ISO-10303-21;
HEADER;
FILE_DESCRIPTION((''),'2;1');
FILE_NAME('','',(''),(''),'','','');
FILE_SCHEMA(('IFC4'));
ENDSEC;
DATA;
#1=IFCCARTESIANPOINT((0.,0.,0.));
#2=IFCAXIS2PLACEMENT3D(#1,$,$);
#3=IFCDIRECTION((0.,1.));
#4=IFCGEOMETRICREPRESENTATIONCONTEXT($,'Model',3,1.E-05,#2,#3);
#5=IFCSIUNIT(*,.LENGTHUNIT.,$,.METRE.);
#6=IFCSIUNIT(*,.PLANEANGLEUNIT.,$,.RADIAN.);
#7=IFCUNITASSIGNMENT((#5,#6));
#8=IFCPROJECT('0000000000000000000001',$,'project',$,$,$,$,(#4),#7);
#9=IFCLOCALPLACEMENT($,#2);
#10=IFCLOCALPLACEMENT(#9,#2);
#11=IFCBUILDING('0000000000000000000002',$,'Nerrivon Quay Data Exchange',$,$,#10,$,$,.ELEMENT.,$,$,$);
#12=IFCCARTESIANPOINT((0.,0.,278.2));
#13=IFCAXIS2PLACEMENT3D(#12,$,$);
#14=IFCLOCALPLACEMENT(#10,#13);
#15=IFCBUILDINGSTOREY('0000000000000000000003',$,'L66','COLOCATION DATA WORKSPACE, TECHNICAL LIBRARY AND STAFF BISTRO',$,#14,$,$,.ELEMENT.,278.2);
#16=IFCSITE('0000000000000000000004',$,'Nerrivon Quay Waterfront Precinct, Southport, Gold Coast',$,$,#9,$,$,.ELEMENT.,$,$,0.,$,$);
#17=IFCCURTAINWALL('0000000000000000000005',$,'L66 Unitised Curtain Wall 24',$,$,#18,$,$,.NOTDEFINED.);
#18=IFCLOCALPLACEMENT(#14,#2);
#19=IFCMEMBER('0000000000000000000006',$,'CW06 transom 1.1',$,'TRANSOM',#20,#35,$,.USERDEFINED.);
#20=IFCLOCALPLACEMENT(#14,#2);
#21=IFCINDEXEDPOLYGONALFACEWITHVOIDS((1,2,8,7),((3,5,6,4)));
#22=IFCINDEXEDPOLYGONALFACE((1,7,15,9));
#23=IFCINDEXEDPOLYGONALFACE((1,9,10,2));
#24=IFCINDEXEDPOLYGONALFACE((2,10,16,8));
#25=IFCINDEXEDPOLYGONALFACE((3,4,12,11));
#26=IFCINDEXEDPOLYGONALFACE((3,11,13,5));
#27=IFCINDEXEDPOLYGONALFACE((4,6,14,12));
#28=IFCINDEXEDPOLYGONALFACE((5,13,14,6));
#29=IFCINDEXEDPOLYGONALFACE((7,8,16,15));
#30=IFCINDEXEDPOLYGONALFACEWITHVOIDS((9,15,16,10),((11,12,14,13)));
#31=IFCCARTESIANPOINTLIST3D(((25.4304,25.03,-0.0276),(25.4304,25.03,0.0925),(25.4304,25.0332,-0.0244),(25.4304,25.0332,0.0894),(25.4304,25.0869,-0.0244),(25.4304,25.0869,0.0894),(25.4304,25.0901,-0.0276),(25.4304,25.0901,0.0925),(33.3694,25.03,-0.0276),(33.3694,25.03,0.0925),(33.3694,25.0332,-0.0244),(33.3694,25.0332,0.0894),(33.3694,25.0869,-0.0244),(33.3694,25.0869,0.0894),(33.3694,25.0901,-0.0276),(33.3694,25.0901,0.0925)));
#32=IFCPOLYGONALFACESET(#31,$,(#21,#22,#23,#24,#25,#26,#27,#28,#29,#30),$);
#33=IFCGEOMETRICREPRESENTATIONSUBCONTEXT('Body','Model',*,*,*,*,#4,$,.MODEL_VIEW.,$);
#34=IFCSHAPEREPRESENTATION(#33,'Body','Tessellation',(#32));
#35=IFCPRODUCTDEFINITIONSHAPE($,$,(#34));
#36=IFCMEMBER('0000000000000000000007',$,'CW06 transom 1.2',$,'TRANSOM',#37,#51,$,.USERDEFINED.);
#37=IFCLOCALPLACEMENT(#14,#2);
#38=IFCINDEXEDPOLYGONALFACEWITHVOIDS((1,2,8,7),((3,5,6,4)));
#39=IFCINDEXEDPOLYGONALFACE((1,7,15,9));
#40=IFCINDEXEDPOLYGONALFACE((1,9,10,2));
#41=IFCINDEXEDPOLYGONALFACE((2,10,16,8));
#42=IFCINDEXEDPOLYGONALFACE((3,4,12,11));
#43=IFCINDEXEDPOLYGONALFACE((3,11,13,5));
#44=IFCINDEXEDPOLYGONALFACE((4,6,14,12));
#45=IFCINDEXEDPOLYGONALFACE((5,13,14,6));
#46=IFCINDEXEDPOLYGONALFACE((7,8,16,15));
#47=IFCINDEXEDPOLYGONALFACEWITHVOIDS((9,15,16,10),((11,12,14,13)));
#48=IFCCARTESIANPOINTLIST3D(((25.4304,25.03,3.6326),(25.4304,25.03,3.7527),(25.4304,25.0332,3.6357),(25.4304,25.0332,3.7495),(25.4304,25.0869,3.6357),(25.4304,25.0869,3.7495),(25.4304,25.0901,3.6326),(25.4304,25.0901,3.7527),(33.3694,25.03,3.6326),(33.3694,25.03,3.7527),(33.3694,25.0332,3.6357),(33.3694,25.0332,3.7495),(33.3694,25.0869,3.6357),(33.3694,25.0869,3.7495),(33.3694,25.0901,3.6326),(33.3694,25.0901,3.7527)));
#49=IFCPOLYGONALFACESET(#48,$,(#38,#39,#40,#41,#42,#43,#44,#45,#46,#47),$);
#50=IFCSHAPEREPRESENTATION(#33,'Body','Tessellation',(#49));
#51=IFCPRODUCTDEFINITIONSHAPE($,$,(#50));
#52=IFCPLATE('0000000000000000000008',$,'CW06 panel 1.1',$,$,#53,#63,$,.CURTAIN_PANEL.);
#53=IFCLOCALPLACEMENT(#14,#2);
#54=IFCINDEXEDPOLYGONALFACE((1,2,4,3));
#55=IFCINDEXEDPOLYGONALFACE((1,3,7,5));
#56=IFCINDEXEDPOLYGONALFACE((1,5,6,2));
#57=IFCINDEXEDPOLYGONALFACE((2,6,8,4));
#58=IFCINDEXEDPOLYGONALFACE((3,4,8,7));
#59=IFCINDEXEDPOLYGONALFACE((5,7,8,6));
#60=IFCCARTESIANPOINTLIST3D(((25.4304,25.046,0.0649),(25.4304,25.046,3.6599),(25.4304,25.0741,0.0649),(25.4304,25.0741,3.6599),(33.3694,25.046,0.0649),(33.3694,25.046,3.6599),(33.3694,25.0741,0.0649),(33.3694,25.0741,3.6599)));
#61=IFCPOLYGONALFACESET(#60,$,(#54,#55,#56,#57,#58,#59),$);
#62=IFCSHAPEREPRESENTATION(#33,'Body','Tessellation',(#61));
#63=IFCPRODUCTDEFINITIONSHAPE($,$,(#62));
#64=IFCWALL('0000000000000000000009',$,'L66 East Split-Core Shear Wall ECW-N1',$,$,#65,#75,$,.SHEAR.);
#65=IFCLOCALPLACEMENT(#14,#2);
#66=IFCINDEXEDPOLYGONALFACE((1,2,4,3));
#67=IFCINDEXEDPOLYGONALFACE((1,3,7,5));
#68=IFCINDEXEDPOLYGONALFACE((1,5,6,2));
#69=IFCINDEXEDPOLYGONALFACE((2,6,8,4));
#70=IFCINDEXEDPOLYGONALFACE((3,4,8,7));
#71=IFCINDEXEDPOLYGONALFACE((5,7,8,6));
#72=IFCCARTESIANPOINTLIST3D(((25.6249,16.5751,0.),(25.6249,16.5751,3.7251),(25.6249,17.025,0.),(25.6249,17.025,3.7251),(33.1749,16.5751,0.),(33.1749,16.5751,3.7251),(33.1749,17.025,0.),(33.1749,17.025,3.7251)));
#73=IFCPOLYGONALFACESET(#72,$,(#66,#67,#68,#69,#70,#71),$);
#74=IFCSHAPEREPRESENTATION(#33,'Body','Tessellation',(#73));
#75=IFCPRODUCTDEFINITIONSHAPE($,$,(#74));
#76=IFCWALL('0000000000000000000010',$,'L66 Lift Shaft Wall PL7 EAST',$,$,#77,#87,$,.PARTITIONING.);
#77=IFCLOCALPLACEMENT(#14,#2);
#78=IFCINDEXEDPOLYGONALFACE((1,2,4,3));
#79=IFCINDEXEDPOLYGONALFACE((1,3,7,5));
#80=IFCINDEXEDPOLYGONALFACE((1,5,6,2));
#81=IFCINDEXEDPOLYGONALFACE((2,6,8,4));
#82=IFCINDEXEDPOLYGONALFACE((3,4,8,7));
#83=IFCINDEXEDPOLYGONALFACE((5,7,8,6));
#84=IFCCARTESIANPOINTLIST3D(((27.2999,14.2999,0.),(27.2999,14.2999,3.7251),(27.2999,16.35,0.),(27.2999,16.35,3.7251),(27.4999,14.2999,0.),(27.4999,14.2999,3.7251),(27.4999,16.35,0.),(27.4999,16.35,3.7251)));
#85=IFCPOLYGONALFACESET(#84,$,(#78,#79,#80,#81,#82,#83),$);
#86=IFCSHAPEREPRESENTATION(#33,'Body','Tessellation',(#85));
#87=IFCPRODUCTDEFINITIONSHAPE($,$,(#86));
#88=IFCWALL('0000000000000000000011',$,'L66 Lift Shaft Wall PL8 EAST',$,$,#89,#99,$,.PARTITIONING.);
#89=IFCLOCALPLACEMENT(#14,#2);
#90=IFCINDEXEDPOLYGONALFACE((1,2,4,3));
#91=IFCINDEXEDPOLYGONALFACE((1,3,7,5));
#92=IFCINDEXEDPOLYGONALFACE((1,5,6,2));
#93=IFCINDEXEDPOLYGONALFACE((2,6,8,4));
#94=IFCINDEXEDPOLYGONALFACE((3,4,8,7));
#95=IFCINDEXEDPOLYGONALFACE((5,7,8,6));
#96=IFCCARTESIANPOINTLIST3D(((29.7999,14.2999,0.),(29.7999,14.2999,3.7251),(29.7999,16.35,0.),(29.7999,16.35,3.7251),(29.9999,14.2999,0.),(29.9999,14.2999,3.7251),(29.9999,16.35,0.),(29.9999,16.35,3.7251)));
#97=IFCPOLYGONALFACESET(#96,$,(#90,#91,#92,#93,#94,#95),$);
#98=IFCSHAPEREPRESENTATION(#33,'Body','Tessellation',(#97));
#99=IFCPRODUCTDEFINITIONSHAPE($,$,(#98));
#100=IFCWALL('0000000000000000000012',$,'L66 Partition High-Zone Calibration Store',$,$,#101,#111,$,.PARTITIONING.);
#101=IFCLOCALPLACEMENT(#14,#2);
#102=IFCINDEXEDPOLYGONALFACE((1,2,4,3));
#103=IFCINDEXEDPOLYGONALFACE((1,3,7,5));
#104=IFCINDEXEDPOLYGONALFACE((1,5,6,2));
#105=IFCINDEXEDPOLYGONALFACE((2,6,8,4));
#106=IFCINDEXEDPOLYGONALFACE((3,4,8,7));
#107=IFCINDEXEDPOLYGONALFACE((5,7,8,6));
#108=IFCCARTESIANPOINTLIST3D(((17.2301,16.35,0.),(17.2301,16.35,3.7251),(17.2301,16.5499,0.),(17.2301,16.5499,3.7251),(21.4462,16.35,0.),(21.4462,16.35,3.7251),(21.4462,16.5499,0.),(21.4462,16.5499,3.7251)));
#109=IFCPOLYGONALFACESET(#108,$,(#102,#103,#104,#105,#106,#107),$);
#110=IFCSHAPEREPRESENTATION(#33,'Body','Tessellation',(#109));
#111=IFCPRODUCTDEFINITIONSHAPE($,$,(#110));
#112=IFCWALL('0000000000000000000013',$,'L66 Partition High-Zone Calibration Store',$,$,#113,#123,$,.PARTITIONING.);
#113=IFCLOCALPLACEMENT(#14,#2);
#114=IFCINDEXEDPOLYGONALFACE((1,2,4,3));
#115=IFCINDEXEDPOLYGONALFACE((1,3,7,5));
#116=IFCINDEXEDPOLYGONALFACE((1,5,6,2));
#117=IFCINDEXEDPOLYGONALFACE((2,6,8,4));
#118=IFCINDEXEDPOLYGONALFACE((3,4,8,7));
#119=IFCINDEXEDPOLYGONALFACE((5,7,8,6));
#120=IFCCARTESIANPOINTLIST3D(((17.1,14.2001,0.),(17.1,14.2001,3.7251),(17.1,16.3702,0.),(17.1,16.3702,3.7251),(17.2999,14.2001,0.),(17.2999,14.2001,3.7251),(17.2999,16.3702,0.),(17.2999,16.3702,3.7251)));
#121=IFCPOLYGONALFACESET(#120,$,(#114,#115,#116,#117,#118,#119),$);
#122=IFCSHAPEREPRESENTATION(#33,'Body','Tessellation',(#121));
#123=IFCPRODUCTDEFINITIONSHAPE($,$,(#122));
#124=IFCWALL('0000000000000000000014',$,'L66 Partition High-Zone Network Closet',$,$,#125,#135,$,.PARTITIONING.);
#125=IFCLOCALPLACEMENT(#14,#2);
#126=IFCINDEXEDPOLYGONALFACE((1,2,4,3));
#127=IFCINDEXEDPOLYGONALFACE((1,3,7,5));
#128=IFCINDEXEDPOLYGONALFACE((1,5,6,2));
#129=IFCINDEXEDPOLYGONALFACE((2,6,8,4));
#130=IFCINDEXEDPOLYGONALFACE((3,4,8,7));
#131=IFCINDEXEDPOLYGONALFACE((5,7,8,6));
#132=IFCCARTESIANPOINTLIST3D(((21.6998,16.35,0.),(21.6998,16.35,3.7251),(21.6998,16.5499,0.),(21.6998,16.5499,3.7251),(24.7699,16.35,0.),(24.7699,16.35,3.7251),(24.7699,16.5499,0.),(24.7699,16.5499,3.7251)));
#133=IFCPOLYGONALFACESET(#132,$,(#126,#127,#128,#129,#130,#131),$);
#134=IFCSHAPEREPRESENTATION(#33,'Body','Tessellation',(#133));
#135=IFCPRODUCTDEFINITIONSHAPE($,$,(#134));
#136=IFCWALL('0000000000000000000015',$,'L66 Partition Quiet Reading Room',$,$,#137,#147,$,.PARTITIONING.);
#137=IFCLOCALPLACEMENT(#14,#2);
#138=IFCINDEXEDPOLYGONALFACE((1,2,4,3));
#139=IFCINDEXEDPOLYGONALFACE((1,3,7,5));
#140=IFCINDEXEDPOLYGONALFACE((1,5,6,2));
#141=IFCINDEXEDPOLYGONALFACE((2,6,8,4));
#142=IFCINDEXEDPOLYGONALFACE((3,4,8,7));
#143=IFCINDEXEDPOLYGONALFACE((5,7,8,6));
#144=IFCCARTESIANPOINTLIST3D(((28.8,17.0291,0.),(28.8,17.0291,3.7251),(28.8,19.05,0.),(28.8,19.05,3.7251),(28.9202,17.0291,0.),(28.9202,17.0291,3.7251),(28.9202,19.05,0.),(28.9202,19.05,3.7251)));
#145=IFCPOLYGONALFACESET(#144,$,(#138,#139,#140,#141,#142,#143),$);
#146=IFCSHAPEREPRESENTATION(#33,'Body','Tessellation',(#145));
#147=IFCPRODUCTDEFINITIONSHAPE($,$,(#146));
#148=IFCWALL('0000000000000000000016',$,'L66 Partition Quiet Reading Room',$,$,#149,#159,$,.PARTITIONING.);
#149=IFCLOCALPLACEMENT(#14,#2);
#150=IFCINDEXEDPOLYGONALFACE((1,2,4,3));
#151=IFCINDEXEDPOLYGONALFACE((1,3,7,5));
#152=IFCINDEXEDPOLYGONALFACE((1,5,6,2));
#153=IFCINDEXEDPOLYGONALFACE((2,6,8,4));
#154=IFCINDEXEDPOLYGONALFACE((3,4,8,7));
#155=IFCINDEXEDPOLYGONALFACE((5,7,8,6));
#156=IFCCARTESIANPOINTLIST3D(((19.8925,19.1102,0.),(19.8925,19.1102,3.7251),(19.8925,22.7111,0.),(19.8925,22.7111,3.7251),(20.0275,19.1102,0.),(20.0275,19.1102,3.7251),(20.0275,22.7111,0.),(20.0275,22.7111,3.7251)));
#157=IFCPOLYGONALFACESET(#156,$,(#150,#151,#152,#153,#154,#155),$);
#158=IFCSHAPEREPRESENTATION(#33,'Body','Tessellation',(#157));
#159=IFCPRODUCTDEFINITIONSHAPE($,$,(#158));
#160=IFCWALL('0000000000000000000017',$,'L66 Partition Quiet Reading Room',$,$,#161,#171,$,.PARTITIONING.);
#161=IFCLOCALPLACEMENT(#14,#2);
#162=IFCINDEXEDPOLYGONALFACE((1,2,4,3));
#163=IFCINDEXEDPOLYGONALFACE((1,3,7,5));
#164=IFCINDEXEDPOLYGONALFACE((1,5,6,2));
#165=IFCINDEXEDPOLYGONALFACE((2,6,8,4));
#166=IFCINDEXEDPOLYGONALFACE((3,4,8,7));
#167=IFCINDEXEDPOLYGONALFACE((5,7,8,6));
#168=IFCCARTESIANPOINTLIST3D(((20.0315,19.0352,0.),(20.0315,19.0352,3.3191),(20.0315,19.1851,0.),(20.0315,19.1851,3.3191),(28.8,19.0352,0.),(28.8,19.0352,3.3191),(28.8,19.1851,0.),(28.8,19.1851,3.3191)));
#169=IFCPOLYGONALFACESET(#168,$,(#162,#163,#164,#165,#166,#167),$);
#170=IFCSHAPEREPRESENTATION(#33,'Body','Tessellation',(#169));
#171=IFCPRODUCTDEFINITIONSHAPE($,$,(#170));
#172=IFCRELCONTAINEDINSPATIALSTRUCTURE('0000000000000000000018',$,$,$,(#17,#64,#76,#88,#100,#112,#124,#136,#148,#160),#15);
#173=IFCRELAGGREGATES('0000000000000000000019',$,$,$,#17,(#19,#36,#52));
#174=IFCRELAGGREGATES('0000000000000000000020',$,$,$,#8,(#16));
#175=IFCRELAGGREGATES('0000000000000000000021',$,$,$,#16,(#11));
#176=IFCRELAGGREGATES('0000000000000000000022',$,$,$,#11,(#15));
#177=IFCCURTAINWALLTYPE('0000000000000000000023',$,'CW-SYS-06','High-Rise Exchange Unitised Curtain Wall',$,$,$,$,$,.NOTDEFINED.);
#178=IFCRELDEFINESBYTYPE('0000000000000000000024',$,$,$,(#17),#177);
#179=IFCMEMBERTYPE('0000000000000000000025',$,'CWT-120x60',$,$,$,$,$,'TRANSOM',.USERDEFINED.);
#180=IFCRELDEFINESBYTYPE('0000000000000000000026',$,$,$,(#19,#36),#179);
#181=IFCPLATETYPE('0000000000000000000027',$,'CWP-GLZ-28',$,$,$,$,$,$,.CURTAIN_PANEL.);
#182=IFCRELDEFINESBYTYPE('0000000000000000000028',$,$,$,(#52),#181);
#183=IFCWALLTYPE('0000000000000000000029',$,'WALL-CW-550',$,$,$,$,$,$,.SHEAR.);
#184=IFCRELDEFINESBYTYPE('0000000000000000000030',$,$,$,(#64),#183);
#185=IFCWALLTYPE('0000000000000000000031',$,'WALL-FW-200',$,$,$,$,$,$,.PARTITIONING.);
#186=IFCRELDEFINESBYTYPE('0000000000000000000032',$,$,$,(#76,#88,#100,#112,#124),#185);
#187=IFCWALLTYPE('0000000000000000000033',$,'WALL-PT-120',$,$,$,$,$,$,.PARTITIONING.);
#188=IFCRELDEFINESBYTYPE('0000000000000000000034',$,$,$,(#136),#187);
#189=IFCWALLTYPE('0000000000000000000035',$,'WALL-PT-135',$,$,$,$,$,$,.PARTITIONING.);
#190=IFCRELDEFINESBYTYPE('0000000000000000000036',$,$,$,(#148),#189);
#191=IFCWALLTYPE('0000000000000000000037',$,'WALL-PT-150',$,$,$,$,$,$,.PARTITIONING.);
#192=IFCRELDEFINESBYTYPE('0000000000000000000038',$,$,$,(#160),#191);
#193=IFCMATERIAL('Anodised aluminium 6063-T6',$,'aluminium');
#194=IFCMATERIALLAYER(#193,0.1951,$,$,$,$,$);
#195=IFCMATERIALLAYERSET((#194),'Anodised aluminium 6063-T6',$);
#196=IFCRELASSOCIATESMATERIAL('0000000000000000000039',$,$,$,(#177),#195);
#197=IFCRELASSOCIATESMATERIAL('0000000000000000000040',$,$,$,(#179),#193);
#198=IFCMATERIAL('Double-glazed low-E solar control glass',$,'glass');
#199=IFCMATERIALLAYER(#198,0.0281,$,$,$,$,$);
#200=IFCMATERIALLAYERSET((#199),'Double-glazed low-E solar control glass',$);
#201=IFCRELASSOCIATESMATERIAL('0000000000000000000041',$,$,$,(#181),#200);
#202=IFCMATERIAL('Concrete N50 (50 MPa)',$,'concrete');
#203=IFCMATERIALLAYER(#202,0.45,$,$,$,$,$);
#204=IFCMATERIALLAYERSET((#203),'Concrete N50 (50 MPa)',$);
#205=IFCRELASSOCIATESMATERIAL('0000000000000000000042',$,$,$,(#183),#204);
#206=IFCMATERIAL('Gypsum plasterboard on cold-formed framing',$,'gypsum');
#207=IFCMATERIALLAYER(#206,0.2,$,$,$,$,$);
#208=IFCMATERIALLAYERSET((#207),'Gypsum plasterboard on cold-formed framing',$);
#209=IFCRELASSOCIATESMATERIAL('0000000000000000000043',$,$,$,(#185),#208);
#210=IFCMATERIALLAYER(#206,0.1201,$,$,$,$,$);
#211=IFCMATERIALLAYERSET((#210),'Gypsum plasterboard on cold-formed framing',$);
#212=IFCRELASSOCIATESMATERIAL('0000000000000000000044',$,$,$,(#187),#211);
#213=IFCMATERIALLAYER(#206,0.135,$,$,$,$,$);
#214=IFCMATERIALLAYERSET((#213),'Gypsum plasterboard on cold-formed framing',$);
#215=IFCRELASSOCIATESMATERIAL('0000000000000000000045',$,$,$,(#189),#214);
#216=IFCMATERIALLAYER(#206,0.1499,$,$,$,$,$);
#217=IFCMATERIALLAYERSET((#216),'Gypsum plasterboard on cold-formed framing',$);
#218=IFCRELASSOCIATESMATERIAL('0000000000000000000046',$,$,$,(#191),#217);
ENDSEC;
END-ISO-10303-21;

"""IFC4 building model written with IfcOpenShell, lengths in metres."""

from ifc_helpers import new_model, si_unit, direction, frame, frame_2d, origin, origin_2d, place, context, subcontext, project, spatial, rectangle, hollow_rectangle, extrude, material, layer, layer_set, material_profile, profile_set, type_object, element, aggregate, save


model = new_model("IFC4")

# Units and contexts
model_context = context("Model", 3, precision=1e-05, world=origin(), true_north=direction((0.0, 1.0)))
body_context = subcontext(model_context, "Body", "Model", "MODEL_VIEW")
ifc_project = project(units=[si_unit("LENGTHUNIT", "METRE"), si_unit("PLANEANGLEUNIT", "RADIAN")], contexts=[model_context])

# Site, building, storey
site_placement = place(None, origin())
site = spatial("IfcSite", under=ifc_project, at=site_placement, Name="Nerrivon Quay Waterfront Precinct, Southport, Gold Coast", CompositionType="ELEMENT", RefElevation=0.0)
building_placement = place(site_placement, origin())
building = spatial("IfcBuilding", under=site, at=building_placement, Name="Nerrivon Quay Data Exchange", CompositionType="ELEMENT")
storey_placement = place(building_placement, frame((0.0, 0.0, 278.2)))
storey = spatial("IfcBuildingStorey", under=building, at=storey_placement, Name="L66", Description="COLOCATION DATA WORKSPACE, TECHNICAL LIBRARY AND STAFF BISTRO", CompositionType="ELEMENT", Elevation=278.2)

# Shared definitions
ifc_material_1 = material(Name="Concrete N50 (50 MPa)", Category="concrete")

# Curtain wall, members, plate
ifc_material_2 = material(Name="Anodised aluminium 6063-T6", Category="aluminium")
ifc_layer_1 = layer(ifc_material_2, 0.1951)
ifc_layer_set_1 = layer_set([ifc_layer_1], Name="Anodised aluminium 6063-T6")
curtain_wall_type = type_object("IfcCurtainWallType", Name="CW-SYS-06", Description="High-Rise Exchange Unitised Curtain Wall", PredefinedType="NOTDEFINED", material=ifc_layer_set_1)
curtain_wall_placement = place(storey_placement, origin())
curtain_wall = element("IfcCurtainWall", 1, at=curtain_wall_placement, inside=storey, type_object=curtain_wall_type, Name="L66 Unitised Curtain Wall 24", PredefinedType="NOTDEFINED")
ifc_material_profile_1 = material_profile(ifc_material_2, hollow_rectangle(XDim=0.0601, YDim=0.1201, WallThickness=0.0032, at=origin_2d()), Name="ALU-TRAN-120x60")
ifc_profile_set_1 = profile_set([ifc_material_profile_1], Name="Anodised aluminium 6063-T6")
member_type_1 = type_object("IfcMemberType", Name="CWT-120x60", ElementType="TRANSOM", PredefinedType="USERDEFINED", material=ifc_profile_set_1)
member_1_placement = place(storey_placement, frame((25.4304, 25.0601, 0.0325), z_axis=(1.0, 0.0, 0.0), x_axis=(0.0, 1.0, 0.0)))
member_1 = element("IfcMember", 2, at=member_1_placement, type_object=member_type_1, Name="CW06 transom 1.1", ObjectType="TRANSOM", PredefinedType="USERDEFINED", context=body_context, shape_type="SweptSolid", body=[
    extrude(hollow_rectangle(XDim=0.0601, YDim=0.1201, WallThickness=0.0032, at=origin_2d()), origin(), (0.0, 0.0, 1.0), 7.939),
])
member_2_placement = place(storey_placement, frame((25.4304, 25.0601, 3.6926), z_axis=(1.0, 0.0, 0.0), x_axis=(0.0, 1.0, 0.0)))
member_2 = element("IfcMember", 3, at=member_2_placement, type_object=member_type_1, Name="CW06 transom 1.2", ObjectType="TRANSOM", PredefinedType="USERDEFINED", context=body_context, shape_type="SweptSolid", body=[
    extrude(hollow_rectangle(XDim=0.0601, YDim=0.1201, WallThickness=0.0032, at=origin_2d()), origin(), (0.0, 0.0, 1.0), 7.939),
])
ifc_material_3 = material(Name="Double-glazed low-E solar control glass", Category="glass")
ifc_layer_2 = layer(ifc_material_3, 0.0281)
ifc_layer_set_2 = layer_set([ifc_layer_2], Name="Double-glazed low-E solar control glass")
plate_type = type_object("IfcPlateType", Name="CWP-GLZ-28", PredefinedType="CURTAIN_PANEL", material=ifc_layer_set_2)
plate_placement = place(storey_placement, frame((29.3999, 25.0601, 0.0649), z_axis=(0.0, 0.0, 1.0), x_axis=(1.0, 0.0, 0.0)))
plate = element("IfcPlate", 4, at=plate_placement, type_object=plate_type, Name="CW06 panel 1.1", PredefinedType="CURTAIN_PANEL", context=body_context, shape_type="SweptSolid", body=[
    extrude(rectangle(XDim=7.939, YDim=0.0281, at=origin_2d()), origin(), (0.0, 0.0, 1.0), 3.595),
])
aggregate(curtain_wall, [member_1, member_2, plate])

# Walls
ifc_layer_3 = layer(ifc_material_1, 0.45)
ifc_layer_set_3 = layer_set([ifc_layer_3], Name="Concrete N50 (50 MPa)")
wall_type_1 = type_object("IfcWallType", Name="WALL-CW-550", PredefinedType="SHEAR", material=ifc_layer_set_3)
wall_1_placement = place(storey_placement, frame((25.625, 16.8, 0.0), z_axis=(0.0, 0.0, 1.0), x_axis=(1.0, 0.0, 0.0)))
element("IfcWall", 5, at=wall_1_placement, inside=storey, type_object=wall_type_1, Name="L66 East Split-Core Shear Wall ECW-N1", PredefinedType="SHEAR", context=body_context, shape_type="SweptSolid", body=[
    extrude(rectangle(XDim=7.55, YDim=0.45, at=frame_2d((3.7749, 0.0))), origin(), (0.0, 0.0, 1.0), 3.7251),
])
ifc_material_4 = material(Name="Gypsum plasterboard on cold-formed framing", Category="gypsum")
ifc_layer_4 = layer(ifc_material_4, 0.2)
ifc_layer_set_4 = layer_set([ifc_layer_4], Name="Gypsum plasterboard on cold-formed framing")
wall_type_2 = type_object("IfcWallType", Name="WALL-FW-200", PredefinedType="PARTITIONING", material=ifc_layer_set_4)
for number, where, z_axis, x_axis, name in (
    (6, (27.3999, 14.3, 0.0), (0.0, 0.0, 1.0), (0.0, 1.0, 0.0), "L66 Lift Shaft Wall PL7 EAST"),
    (7, (29.8999, 14.3, 0.0), (0.0, 0.0, 1.0), (0.0, 1.0, 0.0), "L66 Lift Shaft Wall PL8 EAST"),
):
    element("IfcWall", number, at=place(storey_placement, frame(where, z_axis=z_axis, x_axis=x_axis)), inside=storey, type_object=wall_type_2, Name=name, PredefinedType="PARTITIONING", context=body_context, shape_type="SweptSolid", body=[
        extrude(rectangle(XDim=2.05, YDim=0.2, at=frame_2d((1.0249, 0.0))), origin(), (0.0, 0.0, 1.0), 3.7251),
    ])
wall_2_placement = place(storey_placement, frame((21.446, 16.45, 0.0), z_axis=(0.0, 0.0, 1.0), x_axis=(-1.0, 0.0, 0.0)))
element("IfcWall", 8, at=wall_2_placement, inside=storey, type_object=wall_type_2, Name="L66 Partition High-Zone Calibration Store", PredefinedType="PARTITIONING", context=body_context, shape_type="SweptSolid", body=[
    extrude(rectangle(XDim=4.2161, YDim=0.2, at=frame_2d((2.1079, 0.0))), origin(), (0.0, 0.0, 1.0), 3.7251),
])
wall_3_placement = place(storey_placement, frame((17.2, 16.3701, 0.0), z_axis=(0.0, 0.0, 1.0), x_axis=(0.0, -1.0, 0.0)))
element("IfcWall", 9, at=wall_3_placement, inside=storey, type_object=wall_type_2, Name="L66 Partition High-Zone Calibration Store", PredefinedType="PARTITIONING", context=body_context, shape_type="SweptSolid", body=[
    extrude(rectangle(XDim=2.1702, YDim=0.2, at=frame_2d((1.085, 0.0))), origin(), (0.0, 0.0, 1.0), 3.7251),
])
wall_4_placement = place(storey_placement, frame((24.77, 16.45, 0.0), z_axis=(0.0, 0.0, 1.0), x_axis=(-1.0, 0.0, 0.0)))
element("IfcWall", 10, at=wall_4_placement, inside=storey, type_object=wall_type_2, Name="L66 Partition High-Zone Network Closet", PredefinedType="PARTITIONING", context=body_context, shape_type="SweptSolid", body=[
    extrude(rectangle(XDim=3.0701, YDim=0.2, at=frame_2d((1.5352, 0.0))), origin(), (0.0, 0.0, 1.0), 3.7251),
])
ifc_layer_5 = layer(ifc_material_4, 0.1201)
ifc_layer_set_5 = layer_set([ifc_layer_5], Name="Gypsum plasterboard on cold-formed framing")
wall_type_3 = type_object("IfcWallType", Name="WALL-PT-120", PredefinedType="PARTITIONING", material=ifc_layer_set_5)
wall_5_placement = place(storey_placement, frame((28.8601, 19.05, 0.0), z_axis=(0.0, 0.0, 1.0), x_axis=(0.0, -1.0, 0.0)))
element("IfcWall", 11, at=wall_5_placement, inside=storey, type_object=wall_type_3, Name="L66 Partition Quiet Reading Room", PredefinedType="PARTITIONING", context=body_context, shape_type="SweptSolid", body=[
    extrude(rectangle(XDim=2.021, YDim=0.1201, at=frame_2d((1.0105, 0.0))), origin(), (0.0, 0.0, 1.0), 3.7251),
])
ifc_layer_6 = layer(ifc_material_4, 0.135)
ifc_layer_set_6 = layer_set([ifc_layer_6], Name="Gypsum plasterboard on cold-formed framing")
wall_type_4 = type_object("IfcWallType", Name="WALL-PT-135", PredefinedType="PARTITIONING", material=ifc_layer_set_6)
wall_6_placement = place(storey_placement, frame((19.96, 22.7109, 0.0), z_axis=(0.0, 0.0, 1.0), x_axis=(0.0, -1.0, 0.0)))
element("IfcWall", 12, at=wall_6_placement, inside=storey, type_object=wall_type_4, Name="L66 Partition Quiet Reading Room", PredefinedType="PARTITIONING", context=body_context, shape_type="SweptSolid", body=[
    extrude(rectangle(XDim=3.6008, YDim=0.135, at=frame_2d((1.8003, 0.0))), origin(), (0.0, 0.0, 1.0), 3.7251),
])
ifc_layer_7 = layer(ifc_material_4, 0.1499)
ifc_layer_set_7 = layer_set([ifc_layer_7], Name="Gypsum plasterboard on cold-formed framing")
wall_type_5 = type_object("IfcWallType", Name="WALL-PT-150", PredefinedType="PARTITIONING", material=ifc_layer_set_7)
wall_7_placement = place(storey_placement, frame((20.0315, 19.1101, 0.0), z_axis=(0.0, 0.0, 1.0), x_axis=(1.0, 0.0, 0.0)))
element("IfcWall", 13, at=wall_7_placement, inside=storey, type_object=wall_type_5, Name="L66 Partition Quiet Reading Room", PredefinedType="PARTITIONING", context=body_context, shape_type="SweptSolid", body=[
    extrude(rectangle(XDim=8.7686, YDim=0.1499, at=frame_2d((4.3843, 0.0))), origin(), (0.0, 0.0, 1.0), 3.3191),
])

save(model, "model.ifc")
